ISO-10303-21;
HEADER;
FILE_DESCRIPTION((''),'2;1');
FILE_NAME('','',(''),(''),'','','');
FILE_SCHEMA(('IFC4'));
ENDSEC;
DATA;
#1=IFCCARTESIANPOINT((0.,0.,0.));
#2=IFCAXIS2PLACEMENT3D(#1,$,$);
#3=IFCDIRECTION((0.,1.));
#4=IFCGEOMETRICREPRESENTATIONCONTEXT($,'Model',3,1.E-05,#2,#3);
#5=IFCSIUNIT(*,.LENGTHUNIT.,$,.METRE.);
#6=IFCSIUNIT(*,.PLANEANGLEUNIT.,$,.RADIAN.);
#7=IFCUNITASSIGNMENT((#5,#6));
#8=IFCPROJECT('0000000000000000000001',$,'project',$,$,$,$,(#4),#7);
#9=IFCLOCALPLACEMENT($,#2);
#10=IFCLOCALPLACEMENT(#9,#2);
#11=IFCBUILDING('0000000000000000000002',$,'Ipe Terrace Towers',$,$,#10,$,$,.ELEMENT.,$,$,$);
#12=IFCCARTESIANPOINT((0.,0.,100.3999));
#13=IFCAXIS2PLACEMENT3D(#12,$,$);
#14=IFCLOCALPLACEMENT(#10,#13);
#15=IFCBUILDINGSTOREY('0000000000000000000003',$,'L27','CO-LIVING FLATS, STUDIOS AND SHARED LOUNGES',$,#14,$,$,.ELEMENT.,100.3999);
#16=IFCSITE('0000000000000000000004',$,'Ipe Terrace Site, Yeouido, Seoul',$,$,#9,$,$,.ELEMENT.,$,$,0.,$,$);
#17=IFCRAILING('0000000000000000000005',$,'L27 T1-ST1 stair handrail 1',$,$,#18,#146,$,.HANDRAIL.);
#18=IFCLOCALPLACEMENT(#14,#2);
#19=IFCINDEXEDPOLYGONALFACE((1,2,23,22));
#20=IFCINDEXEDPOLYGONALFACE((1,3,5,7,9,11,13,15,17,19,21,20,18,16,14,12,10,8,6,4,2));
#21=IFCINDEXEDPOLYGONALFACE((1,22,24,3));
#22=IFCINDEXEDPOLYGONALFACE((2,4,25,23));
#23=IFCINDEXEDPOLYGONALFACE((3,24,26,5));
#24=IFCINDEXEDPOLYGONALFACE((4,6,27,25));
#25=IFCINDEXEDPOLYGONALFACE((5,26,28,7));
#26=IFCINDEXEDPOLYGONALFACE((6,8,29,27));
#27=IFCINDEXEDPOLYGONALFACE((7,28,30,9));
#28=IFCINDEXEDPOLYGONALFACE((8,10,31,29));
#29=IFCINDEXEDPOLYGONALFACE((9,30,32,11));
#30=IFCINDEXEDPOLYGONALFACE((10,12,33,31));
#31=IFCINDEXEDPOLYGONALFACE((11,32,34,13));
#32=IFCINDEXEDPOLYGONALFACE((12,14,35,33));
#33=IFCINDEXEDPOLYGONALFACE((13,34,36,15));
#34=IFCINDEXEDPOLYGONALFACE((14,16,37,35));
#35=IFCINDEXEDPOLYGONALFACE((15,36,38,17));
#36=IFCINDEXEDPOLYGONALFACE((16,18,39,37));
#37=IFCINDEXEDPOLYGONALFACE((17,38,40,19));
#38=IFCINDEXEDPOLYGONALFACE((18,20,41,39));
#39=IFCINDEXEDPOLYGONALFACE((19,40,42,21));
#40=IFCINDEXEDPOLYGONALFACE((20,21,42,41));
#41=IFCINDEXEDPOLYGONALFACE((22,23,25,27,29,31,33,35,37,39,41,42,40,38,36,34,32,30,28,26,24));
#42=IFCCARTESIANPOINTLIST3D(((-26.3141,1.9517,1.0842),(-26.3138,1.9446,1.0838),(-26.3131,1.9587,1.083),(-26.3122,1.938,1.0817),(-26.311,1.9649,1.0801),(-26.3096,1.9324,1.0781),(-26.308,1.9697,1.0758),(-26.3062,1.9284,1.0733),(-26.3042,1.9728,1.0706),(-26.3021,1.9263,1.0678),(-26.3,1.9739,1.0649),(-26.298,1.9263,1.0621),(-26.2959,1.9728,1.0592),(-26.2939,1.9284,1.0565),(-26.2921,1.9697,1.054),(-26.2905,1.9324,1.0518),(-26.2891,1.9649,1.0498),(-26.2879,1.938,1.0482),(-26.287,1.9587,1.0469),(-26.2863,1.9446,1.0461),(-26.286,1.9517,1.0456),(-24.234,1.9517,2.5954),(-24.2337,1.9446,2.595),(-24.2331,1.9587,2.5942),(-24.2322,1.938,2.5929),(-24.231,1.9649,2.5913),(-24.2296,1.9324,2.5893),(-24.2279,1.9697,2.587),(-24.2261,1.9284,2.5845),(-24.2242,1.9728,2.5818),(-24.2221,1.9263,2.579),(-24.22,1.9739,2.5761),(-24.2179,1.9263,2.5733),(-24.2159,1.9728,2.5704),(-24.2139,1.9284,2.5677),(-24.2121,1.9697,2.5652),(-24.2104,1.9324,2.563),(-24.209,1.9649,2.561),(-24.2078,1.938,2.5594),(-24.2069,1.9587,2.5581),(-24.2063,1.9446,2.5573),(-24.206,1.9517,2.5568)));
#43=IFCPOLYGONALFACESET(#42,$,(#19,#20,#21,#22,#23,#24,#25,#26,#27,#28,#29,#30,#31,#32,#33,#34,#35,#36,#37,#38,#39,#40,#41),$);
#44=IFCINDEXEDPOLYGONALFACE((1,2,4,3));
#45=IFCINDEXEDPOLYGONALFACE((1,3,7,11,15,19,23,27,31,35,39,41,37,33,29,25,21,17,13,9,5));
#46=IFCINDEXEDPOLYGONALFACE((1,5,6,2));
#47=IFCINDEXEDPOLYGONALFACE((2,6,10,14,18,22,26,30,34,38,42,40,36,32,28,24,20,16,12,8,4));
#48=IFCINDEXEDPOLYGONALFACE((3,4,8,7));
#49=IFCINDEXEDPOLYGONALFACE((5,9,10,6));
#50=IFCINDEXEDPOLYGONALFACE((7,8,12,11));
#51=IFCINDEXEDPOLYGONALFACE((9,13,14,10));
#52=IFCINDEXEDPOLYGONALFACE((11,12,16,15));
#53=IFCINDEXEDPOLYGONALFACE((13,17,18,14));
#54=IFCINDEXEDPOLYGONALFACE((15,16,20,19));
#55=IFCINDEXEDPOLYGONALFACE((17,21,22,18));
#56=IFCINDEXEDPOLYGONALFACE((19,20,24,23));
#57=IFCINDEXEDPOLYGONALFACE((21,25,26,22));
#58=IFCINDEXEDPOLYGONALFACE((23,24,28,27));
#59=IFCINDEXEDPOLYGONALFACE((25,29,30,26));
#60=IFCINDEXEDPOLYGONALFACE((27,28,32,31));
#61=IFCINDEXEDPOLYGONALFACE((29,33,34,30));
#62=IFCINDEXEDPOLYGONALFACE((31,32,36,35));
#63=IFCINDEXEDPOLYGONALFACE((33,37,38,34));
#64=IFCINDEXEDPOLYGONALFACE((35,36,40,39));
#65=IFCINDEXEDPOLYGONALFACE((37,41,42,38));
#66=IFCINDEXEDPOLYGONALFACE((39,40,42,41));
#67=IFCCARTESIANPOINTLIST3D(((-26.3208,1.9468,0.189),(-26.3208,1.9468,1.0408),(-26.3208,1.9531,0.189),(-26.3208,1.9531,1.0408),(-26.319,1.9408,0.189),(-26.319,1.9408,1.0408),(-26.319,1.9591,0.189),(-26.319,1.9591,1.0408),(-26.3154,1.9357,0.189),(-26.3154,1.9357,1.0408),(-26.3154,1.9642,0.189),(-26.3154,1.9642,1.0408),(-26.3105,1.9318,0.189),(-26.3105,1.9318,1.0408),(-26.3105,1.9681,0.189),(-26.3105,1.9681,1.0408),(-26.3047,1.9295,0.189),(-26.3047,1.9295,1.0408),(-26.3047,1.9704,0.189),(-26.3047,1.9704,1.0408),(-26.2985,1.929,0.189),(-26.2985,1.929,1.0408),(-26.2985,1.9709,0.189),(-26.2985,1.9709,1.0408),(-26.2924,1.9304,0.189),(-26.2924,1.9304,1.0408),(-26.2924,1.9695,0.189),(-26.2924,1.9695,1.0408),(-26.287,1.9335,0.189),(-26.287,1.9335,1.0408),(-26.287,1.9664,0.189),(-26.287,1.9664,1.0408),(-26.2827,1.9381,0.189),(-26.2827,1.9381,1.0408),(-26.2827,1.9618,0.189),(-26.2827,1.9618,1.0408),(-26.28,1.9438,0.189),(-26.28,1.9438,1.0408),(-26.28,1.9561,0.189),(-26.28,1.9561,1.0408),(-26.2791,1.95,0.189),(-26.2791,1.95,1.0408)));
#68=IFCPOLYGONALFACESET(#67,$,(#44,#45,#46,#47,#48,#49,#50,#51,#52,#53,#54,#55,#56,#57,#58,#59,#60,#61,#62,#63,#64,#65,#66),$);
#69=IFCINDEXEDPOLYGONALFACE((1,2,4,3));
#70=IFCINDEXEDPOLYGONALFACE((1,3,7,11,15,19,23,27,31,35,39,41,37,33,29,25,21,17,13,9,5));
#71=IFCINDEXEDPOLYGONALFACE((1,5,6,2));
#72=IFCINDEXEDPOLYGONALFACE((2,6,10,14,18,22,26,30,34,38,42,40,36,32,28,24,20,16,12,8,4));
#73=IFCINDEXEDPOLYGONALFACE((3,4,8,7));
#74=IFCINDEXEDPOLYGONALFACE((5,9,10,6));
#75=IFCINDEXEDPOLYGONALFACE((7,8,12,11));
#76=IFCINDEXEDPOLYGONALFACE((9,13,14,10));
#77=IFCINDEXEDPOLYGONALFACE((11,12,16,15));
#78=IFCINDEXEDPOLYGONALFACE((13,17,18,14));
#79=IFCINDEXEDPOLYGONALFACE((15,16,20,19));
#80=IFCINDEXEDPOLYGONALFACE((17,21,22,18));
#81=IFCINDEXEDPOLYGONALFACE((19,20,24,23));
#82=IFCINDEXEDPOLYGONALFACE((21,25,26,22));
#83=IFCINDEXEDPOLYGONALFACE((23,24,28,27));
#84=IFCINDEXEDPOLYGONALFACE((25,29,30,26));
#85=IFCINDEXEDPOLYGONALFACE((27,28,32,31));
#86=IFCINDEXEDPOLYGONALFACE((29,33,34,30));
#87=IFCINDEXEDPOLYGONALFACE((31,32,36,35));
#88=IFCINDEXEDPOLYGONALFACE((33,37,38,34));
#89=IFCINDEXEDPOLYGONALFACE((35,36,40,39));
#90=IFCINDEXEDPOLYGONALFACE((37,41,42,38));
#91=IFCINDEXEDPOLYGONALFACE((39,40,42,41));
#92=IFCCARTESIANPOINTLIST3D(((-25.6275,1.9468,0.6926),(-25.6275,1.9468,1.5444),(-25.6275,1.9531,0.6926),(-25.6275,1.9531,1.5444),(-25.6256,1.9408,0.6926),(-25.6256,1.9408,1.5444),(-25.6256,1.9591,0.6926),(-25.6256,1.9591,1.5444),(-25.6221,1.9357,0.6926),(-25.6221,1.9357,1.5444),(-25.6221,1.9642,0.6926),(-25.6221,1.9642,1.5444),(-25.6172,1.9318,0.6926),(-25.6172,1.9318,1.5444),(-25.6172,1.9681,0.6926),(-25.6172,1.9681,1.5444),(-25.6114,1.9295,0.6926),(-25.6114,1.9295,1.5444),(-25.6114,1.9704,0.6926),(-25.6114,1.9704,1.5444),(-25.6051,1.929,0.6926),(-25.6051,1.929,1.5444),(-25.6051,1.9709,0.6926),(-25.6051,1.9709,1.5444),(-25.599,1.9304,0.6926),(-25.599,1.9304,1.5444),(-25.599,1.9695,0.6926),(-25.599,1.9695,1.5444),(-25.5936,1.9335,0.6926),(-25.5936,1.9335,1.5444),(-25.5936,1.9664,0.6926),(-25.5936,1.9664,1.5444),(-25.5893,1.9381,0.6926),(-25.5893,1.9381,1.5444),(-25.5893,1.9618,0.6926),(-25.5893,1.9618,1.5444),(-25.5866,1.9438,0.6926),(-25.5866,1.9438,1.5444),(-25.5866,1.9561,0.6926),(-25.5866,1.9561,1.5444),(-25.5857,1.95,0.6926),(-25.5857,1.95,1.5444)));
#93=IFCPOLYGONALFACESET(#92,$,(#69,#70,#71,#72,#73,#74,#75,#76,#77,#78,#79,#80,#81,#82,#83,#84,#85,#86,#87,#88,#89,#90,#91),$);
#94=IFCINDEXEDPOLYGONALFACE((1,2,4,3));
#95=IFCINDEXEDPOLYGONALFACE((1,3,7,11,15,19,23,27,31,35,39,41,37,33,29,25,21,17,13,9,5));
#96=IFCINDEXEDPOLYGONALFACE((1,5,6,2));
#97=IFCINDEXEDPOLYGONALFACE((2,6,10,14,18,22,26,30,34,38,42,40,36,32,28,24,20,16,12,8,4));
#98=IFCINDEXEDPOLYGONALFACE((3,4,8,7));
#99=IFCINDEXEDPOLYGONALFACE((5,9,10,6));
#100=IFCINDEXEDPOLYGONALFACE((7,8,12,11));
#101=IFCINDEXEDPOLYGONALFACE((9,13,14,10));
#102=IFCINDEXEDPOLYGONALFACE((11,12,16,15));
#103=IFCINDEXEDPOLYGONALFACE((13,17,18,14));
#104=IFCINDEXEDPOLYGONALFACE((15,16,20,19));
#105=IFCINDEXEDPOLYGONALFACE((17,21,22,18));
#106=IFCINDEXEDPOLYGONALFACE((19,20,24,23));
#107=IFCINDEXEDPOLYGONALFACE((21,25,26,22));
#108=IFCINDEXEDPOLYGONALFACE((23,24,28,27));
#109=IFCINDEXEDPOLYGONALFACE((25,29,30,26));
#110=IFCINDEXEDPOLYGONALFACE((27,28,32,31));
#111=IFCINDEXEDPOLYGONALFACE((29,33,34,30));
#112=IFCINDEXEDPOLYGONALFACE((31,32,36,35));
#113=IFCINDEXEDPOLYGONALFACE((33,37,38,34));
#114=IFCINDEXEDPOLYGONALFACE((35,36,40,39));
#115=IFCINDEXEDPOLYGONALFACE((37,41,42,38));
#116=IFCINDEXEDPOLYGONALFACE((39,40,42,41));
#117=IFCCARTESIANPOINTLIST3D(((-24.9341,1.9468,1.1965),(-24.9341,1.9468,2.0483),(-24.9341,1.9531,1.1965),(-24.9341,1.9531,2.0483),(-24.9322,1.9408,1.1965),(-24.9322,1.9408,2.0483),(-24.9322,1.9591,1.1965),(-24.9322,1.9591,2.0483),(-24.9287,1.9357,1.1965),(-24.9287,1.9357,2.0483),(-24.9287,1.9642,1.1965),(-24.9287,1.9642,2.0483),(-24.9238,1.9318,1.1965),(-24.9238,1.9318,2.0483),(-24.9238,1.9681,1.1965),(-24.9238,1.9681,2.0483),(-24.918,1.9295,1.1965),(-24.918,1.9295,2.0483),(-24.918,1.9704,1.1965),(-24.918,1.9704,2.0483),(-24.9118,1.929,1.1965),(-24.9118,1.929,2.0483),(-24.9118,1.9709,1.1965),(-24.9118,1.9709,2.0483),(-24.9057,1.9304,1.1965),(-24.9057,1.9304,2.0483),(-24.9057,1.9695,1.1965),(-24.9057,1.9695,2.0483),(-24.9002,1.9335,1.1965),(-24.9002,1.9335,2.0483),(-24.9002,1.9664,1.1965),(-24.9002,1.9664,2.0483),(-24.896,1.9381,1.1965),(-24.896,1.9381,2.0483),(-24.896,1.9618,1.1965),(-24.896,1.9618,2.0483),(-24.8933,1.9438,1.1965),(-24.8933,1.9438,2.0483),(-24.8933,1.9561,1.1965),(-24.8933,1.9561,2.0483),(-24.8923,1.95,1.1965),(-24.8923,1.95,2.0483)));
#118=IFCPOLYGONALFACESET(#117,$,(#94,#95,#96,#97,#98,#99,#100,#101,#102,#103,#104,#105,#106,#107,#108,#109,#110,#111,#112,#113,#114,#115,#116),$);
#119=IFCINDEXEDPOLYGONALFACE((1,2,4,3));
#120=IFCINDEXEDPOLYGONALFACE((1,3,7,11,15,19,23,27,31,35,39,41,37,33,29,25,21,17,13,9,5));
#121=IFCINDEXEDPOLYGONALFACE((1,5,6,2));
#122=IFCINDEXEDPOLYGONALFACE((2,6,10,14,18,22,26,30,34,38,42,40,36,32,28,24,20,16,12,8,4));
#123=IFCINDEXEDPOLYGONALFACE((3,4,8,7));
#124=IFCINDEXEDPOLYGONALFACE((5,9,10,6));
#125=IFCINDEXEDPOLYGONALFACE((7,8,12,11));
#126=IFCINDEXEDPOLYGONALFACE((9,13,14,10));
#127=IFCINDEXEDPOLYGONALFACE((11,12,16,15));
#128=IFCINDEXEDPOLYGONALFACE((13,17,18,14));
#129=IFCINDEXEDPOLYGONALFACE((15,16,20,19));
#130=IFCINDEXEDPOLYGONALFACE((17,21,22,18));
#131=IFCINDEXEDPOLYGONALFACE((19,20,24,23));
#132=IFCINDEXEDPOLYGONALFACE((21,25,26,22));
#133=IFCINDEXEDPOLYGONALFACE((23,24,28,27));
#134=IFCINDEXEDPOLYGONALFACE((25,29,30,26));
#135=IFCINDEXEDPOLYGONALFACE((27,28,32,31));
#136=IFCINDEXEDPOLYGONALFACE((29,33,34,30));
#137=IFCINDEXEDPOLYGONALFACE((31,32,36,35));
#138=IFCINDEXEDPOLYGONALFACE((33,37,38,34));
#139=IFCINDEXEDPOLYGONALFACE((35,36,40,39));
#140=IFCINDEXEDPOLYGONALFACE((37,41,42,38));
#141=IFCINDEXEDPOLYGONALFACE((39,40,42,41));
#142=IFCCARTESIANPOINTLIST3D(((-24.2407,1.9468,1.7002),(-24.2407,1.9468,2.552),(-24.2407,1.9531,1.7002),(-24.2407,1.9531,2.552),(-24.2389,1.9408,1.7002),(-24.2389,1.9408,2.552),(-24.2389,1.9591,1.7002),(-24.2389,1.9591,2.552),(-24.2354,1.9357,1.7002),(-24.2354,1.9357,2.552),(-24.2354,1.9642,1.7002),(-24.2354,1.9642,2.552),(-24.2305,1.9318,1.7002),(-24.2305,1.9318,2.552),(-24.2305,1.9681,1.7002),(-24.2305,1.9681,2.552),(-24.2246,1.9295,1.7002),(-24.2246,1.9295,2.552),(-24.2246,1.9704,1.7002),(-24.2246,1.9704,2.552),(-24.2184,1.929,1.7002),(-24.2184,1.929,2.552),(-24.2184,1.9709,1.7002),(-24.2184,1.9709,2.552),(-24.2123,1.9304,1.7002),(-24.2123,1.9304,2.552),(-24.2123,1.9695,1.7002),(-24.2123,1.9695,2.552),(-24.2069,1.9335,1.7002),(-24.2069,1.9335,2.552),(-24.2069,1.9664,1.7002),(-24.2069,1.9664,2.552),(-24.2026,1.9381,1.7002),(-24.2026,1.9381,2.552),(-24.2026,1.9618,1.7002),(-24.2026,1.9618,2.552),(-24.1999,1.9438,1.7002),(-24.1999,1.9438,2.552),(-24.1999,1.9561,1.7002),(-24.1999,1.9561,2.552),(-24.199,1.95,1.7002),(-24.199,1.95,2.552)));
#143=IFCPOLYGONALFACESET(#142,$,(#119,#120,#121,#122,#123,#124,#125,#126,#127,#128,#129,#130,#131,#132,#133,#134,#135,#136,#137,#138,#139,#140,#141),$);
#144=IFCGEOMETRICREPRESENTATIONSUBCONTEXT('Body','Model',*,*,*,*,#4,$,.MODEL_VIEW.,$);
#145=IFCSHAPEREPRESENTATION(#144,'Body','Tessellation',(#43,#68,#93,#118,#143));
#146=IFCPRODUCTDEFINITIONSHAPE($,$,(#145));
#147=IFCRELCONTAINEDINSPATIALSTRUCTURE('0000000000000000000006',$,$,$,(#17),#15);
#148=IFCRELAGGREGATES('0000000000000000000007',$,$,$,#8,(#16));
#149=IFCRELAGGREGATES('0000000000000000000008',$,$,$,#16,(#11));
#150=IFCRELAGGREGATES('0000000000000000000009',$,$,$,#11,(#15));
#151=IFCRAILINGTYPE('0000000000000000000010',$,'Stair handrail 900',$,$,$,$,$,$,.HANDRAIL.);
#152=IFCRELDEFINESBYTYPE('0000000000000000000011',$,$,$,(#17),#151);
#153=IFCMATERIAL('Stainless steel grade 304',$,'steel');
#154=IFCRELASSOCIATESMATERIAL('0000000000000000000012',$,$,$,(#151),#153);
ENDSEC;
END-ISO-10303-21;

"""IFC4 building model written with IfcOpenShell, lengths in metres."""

from ifc_helpers import new_model, si_unit, direction, frame, origin, origin_2d, place, context, subcontext, project, spatial, circle, extrude, material, type_object, element, save


model = new_model("IFC4")

# Units and contexts
model_context = context("Model", 3, precision=1e-05, world=origin(), true_north=direction((0.0, 1.0)))
body_context = subcontext(model_context, "Body", "Model", "MODEL_VIEW")
ifc_project = project(units=[si_unit("LENGTHUNIT", "METRE"), si_unit("PLANEANGLEUNIT", "RADIAN")], contexts=[model_context])

# Site, building, storey
site_placement = place(None, origin())
site = spatial("IfcSite", under=ifc_project, at=site_placement, Name="Ipe Terrace Site, Yeouido, Seoul", CompositionType="ELEMENT", RefElevation=0.0)
building_placement = place(site_placement, origin())
building = spatial("IfcBuilding", under=site, at=building_placement, Name="Ipe Terrace Towers", CompositionType="ELEMENT")
storey_placement = place(building_placement, frame((0.0, 0.0, 100.3999)))
storey = spatial("IfcBuildingStorey", under=building, at=storey_placement, Name="L27", Description="CO-LIVING FLATS, STUDIOS AND SHARED LOUNGES", CompositionType="ELEMENT", Elevation=100.3999)

# Railing
ifc_material_1 = material(Name="Stainless steel grade 304", Category="steel")
railing_type_1 = type_object("IfcRailingType", Name="Stair handrail 900", PredefinedType="HANDRAIL", material=ifc_material_1)
railing_1_placement = place(storey_placement, frame((-26.3, 1.95, 0.189)))
element("IfcRailing", 1, at=railing_1_placement, inside=storey, type_object=railing_type_1, Name="L27 T1-ST1 stair handrail 1", PredefinedType="HANDRAIL", context=body_context, shape_type="SweptSolid", body=[
    extrude(circle(Radius=0.0239, at=origin_2d()), frame((0.0, 0.0, 0.876), z_axis=(0.809023, 0.0, 0.587776), x_axis=(0.0, 1.0, 0.0)), (0.0, 0.0, 1.0), 2.571),
    extrude(circle(Radius=0.021, at=origin_2d()), origin(), (0.0, 0.0, 1.0), 0.8518),
    extrude(circle(Radius=0.021, at=origin_2d()), frame((0.6934, 0.0, 0.5037)), (0.0, 0.0, 1.0), 0.8518),
    extrude(circle(Radius=0.021, at=origin_2d()), frame((1.3867, 0.0, 1.0076)), (0.0, 0.0, 1.0), 0.8518),
    extrude(circle(Radius=0.021, at=origin_2d()), frame((2.0801, 0.0, 1.5112)), (0.0, 0.0, 1.0), 0.8518),
])

save(model, "model.ifc")
